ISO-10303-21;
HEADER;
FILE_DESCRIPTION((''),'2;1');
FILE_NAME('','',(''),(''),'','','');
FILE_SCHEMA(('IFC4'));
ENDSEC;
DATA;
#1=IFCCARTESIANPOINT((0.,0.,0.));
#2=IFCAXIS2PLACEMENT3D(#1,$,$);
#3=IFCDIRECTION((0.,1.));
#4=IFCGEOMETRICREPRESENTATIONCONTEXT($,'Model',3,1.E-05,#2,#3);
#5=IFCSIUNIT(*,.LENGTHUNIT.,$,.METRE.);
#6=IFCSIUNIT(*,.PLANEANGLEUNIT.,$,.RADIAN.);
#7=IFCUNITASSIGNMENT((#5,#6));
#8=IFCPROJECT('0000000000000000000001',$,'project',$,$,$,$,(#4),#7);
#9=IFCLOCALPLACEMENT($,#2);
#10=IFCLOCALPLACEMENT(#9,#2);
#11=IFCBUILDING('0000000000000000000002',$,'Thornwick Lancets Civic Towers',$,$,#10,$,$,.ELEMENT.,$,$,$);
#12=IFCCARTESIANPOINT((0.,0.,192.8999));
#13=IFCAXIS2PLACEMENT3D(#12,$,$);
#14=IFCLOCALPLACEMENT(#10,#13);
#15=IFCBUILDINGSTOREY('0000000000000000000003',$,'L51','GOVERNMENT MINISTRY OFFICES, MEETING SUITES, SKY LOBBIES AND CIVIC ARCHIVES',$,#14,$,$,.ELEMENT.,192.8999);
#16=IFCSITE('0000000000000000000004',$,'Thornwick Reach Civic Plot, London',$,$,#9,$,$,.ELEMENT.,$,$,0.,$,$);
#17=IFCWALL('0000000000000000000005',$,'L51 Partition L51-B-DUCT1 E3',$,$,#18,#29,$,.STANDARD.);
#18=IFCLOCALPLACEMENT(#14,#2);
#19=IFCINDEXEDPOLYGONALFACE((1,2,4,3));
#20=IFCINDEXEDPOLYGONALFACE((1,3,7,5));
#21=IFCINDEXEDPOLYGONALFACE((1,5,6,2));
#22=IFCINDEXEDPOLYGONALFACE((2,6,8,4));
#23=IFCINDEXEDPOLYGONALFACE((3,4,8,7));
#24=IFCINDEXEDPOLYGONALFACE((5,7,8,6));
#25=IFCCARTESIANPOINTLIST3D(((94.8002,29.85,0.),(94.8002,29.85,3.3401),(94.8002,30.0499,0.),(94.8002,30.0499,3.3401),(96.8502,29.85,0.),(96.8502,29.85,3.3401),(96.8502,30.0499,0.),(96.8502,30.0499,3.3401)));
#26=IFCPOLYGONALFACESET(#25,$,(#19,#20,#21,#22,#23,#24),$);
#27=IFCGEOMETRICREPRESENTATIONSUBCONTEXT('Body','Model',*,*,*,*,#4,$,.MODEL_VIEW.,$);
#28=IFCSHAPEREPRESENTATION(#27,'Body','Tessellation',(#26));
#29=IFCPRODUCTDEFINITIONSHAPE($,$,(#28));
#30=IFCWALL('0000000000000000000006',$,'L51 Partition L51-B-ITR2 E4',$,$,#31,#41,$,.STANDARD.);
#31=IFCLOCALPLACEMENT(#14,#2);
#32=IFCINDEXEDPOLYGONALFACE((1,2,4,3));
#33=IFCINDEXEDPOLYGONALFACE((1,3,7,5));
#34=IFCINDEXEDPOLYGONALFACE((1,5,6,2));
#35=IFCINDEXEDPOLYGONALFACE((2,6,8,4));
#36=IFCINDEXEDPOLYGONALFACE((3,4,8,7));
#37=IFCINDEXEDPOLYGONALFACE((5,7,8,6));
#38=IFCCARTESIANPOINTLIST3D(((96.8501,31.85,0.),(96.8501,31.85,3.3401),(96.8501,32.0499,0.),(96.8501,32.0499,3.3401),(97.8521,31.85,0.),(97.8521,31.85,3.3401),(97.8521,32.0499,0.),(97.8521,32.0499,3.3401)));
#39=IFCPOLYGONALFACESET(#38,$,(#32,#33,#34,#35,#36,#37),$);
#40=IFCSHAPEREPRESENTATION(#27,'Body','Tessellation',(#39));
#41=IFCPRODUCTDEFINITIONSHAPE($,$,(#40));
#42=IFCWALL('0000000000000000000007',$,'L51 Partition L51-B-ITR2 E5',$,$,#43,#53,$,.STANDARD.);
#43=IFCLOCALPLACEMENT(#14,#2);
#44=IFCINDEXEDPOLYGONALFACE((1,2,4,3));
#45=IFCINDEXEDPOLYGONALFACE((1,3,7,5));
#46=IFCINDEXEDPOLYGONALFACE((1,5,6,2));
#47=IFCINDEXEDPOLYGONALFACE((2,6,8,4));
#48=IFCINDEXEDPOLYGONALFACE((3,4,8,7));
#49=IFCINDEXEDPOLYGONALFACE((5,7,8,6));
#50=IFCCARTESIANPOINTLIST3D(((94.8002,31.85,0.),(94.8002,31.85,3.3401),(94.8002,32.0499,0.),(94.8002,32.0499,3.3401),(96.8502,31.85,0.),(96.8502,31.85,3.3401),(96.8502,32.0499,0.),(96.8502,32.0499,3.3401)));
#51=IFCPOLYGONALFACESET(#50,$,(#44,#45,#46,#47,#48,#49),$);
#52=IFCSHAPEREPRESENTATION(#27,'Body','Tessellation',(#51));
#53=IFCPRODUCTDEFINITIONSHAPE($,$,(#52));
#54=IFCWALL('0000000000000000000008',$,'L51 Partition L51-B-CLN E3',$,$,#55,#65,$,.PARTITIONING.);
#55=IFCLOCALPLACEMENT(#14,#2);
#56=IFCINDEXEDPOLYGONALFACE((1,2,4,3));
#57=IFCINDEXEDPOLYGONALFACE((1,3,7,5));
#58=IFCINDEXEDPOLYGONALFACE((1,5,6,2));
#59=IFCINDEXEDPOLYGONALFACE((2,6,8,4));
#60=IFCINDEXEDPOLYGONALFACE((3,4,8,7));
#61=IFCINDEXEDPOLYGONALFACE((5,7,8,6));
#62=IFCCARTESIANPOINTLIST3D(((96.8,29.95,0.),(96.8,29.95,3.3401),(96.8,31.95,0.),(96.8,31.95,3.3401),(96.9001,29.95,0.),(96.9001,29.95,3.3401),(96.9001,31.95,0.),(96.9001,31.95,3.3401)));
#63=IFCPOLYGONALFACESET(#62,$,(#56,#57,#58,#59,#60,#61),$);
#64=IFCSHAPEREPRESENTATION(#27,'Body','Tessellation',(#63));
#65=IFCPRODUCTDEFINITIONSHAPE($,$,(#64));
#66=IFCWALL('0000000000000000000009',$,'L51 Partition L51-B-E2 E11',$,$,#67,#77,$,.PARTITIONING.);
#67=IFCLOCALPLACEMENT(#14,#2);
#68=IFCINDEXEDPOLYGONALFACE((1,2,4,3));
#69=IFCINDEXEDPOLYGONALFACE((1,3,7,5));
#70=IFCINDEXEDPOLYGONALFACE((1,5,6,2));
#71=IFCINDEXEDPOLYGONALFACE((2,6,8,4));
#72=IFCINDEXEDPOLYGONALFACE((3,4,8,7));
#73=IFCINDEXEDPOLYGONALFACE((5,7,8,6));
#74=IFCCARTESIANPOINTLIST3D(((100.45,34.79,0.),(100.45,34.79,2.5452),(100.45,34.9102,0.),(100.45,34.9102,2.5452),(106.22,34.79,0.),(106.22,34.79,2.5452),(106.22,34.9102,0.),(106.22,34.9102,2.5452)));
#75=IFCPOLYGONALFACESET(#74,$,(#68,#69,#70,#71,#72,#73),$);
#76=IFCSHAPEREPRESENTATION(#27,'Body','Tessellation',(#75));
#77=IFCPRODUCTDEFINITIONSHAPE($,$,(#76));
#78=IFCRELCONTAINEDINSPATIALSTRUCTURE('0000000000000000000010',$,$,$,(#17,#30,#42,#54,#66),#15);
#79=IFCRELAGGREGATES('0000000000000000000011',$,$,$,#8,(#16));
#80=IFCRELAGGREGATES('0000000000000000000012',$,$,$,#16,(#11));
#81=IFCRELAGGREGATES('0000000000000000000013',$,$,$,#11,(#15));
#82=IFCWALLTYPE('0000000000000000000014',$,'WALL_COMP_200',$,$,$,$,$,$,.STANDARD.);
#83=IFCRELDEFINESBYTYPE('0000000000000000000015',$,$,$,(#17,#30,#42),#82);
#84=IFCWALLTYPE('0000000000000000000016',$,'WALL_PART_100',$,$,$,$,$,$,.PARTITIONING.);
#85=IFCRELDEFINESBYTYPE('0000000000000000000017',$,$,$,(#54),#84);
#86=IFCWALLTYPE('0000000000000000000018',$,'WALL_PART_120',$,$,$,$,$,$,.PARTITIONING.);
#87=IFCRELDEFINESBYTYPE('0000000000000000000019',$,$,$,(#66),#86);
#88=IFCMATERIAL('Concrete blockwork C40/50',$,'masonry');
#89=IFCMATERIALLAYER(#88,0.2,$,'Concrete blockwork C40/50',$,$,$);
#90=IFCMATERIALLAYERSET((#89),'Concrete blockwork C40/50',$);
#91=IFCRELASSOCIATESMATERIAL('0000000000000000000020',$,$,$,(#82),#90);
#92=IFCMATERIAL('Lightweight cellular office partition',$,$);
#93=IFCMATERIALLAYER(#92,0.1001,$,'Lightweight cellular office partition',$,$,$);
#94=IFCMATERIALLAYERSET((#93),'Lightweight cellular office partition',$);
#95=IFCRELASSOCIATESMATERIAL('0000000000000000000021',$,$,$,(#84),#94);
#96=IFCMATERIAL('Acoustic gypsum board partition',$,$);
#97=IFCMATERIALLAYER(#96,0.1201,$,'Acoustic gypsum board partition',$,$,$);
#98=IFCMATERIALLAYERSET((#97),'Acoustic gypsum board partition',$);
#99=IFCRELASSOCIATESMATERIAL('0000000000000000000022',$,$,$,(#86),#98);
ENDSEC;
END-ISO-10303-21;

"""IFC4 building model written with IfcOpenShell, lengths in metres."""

from ifc_helpers import new_model, si_unit, direction, frame, frame_2d, origin, place, context, subcontext, project, spatial, rectangle, extrude, material, layer, layer_set, type_object, element, save


model = new_model("IFC4")

# Units and contexts
model_context = context("Model", 3, precision=1e-05, world=origin(), true_north=direction((0.0, 1.0)))
body_context = subcontext(model_context, "Body", "Model", "MODEL_VIEW")
ifc_project = project(units=[si_unit("LENGTHUNIT", "METRE"), si_unit("PLANEANGLEUNIT", "RADIAN")], contexts=[model_context])

# Site, building, storey
site_placement = place(None, origin())
site = spatial("IfcSite", under=ifc_project, at=site_placement, Name="Thornwick Reach Civic Plot, London", CompositionType="ELEMENT", RefElevation=0.0)
building_placement = place(site_placement, origin())
building = spatial("IfcBuilding", under=site, at=building_placement, Name="Thornwick Lancets Civic Towers", CompositionType="ELEMENT")
storey_placement = place(building_placement, frame((0.0, 0.0, 192.8999)))
storey = spatial("IfcBuildingStorey", under=building, at=storey_placement, Name="L51", Description="GOVERNMENT MINISTRY OFFICES, MEETING SUITES, SKY LOBBIES AND CIVIC ARCHIVES", CompositionType="ELEMENT", Elevation=192.8999)

# Shared definitions
ifc_material_1 = material(Name="Concrete blockwork C40/50", Category="masonry")
ifc_layer_1 = layer(ifc_material_1, 0.2, Name="Concrete blockwork C40/50")
ifc_layer_set_1 = layer_set([ifc_layer_1], Name="Concrete blockwork C40/50")
wall_type_1 = type_object("IfcWallType", Name="WALL_COMP_200", PredefinedType="STANDARD", material=ifc_layer_set_1)

# Walls
wall_1_placement = place(storey_placement, frame((96.8501, 29.95, 0.0), z_axis=(0.0, 0.0, 1.0), x_axis=(-1.0, 0.0, 0.0)))
element("IfcWall", 1, at=wall_1_placement, inside=storey, type_object=wall_type_1, Name="L51 Partition L51-B-DUCT1 E3", PredefinedType="STANDARD", context=body_context, shape_type="SweptSolid", body=[
    extrude(rectangle(XDim=2.05, YDim=0.2, at=frame_2d((1.0249, 0.0))), origin(), (0.0, 0.0, 1.0), 3.3401),
])
wall_2_placement = place(storey_placement, frame((97.8521, 31.95, 0.0), z_axis=(0.0, 0.0, 1.0), x_axis=(-1.0, 0.0, 0.0)))
element("IfcWall", 2, at=wall_2_placement, inside=storey, type_object=wall_type_1, Name="L51 Partition L51-B-ITR2 E4", PredefinedType="STANDARD", context=body_context, shape_type="SweptSolid", body=[
    extrude(rectangle(XDim=1.002, YDim=0.2, at=frame_2d((0.501, 0.0))), origin(), (0.0, 0.0, 1.0), 3.3401),
])
wall_3_placement = place(storey_placement, frame((96.8501, 31.95, 0.0), z_axis=(0.0, 0.0, 1.0), x_axis=(-1.0, 0.0, 0.0)))
element("IfcWall", 3, at=wall_3_placement, inside=storey, type_object=wall_type_1, Name="L51 Partition L51-B-ITR2 E5", PredefinedType="STANDARD", context=body_context, shape_type="SweptSolid", body=[
    extrude(rectangle(XDim=2.05, YDim=0.2, at=frame_2d((1.0249, 0.0))), origin(), (0.0, 0.0, 1.0), 3.3401),
])
ifc_material_2 = material(Name="Lightweight cellular office partition")
ifc_layer_2 = layer(ifc_material_2, 0.1001, Name="Lightweight cellular office partition")
ifc_layer_set_2 = layer_set([ifc_layer_2], Name="Lightweight cellular office partition")
wall_type_2 = type_object("IfcWallType", Name="WALL_PART_100", PredefinedType="PARTITIONING", material=ifc_layer_set_2)
wall_4_placement = place(storey_placement, frame((96.8501, 31.95, 0.0), z_axis=(0.0, 0.0, 1.0), x_axis=(0.0, -1.0, 0.0)))
element("IfcWall", 4, at=wall_4_placement, inside=storey, type_object=wall_type_2, Name="L51 Partition L51-B-CLN E3", PredefinedType="PARTITIONING", context=body_context, shape_type="SweptSolid", body=[
    extrude(rectangle(XDim=2.0, YDim=0.1001, at=frame_2d((1.0, 0.0))), origin(), (0.0, 0.0, 1.0), 3.3401),
])
ifc_material_3 = material(Name="Acoustic gypsum board partition")
ifc_layer_3 = layer(ifc_material_3, 0.1201, Name="Acoustic gypsum board partition")
ifc_layer_set_3 = layer_set([ifc_layer_3], Name="Acoustic gypsum board partition")
wall_type_3 = type_object("IfcWallType", Name="WALL_PART_120", PredefinedType="PARTITIONING", material=ifc_layer_set_3)
wall_5_placement = place(storey_placement, frame((106.22, 34.8501, 0.0), z_axis=(0.0, 0.0, 1.0), x_axis=(-1.0, 0.0, 0.0)))
element("IfcWall", 5, at=wall_5_placement, inside=storey, type_object=wall_type_3, Name="L51 Partition L51-B-E2 E11", PredefinedType="PARTITIONING", context=body_context, shape_type="SweptSolid", body=[
    extrude(rectangle(XDim=5.77, YDim=0.1201, at=frame_2d((2.885, 0.0))), origin(), (0.0, 0.0, 1.0), 2.5452),
])

save(model, "model.ifc")
